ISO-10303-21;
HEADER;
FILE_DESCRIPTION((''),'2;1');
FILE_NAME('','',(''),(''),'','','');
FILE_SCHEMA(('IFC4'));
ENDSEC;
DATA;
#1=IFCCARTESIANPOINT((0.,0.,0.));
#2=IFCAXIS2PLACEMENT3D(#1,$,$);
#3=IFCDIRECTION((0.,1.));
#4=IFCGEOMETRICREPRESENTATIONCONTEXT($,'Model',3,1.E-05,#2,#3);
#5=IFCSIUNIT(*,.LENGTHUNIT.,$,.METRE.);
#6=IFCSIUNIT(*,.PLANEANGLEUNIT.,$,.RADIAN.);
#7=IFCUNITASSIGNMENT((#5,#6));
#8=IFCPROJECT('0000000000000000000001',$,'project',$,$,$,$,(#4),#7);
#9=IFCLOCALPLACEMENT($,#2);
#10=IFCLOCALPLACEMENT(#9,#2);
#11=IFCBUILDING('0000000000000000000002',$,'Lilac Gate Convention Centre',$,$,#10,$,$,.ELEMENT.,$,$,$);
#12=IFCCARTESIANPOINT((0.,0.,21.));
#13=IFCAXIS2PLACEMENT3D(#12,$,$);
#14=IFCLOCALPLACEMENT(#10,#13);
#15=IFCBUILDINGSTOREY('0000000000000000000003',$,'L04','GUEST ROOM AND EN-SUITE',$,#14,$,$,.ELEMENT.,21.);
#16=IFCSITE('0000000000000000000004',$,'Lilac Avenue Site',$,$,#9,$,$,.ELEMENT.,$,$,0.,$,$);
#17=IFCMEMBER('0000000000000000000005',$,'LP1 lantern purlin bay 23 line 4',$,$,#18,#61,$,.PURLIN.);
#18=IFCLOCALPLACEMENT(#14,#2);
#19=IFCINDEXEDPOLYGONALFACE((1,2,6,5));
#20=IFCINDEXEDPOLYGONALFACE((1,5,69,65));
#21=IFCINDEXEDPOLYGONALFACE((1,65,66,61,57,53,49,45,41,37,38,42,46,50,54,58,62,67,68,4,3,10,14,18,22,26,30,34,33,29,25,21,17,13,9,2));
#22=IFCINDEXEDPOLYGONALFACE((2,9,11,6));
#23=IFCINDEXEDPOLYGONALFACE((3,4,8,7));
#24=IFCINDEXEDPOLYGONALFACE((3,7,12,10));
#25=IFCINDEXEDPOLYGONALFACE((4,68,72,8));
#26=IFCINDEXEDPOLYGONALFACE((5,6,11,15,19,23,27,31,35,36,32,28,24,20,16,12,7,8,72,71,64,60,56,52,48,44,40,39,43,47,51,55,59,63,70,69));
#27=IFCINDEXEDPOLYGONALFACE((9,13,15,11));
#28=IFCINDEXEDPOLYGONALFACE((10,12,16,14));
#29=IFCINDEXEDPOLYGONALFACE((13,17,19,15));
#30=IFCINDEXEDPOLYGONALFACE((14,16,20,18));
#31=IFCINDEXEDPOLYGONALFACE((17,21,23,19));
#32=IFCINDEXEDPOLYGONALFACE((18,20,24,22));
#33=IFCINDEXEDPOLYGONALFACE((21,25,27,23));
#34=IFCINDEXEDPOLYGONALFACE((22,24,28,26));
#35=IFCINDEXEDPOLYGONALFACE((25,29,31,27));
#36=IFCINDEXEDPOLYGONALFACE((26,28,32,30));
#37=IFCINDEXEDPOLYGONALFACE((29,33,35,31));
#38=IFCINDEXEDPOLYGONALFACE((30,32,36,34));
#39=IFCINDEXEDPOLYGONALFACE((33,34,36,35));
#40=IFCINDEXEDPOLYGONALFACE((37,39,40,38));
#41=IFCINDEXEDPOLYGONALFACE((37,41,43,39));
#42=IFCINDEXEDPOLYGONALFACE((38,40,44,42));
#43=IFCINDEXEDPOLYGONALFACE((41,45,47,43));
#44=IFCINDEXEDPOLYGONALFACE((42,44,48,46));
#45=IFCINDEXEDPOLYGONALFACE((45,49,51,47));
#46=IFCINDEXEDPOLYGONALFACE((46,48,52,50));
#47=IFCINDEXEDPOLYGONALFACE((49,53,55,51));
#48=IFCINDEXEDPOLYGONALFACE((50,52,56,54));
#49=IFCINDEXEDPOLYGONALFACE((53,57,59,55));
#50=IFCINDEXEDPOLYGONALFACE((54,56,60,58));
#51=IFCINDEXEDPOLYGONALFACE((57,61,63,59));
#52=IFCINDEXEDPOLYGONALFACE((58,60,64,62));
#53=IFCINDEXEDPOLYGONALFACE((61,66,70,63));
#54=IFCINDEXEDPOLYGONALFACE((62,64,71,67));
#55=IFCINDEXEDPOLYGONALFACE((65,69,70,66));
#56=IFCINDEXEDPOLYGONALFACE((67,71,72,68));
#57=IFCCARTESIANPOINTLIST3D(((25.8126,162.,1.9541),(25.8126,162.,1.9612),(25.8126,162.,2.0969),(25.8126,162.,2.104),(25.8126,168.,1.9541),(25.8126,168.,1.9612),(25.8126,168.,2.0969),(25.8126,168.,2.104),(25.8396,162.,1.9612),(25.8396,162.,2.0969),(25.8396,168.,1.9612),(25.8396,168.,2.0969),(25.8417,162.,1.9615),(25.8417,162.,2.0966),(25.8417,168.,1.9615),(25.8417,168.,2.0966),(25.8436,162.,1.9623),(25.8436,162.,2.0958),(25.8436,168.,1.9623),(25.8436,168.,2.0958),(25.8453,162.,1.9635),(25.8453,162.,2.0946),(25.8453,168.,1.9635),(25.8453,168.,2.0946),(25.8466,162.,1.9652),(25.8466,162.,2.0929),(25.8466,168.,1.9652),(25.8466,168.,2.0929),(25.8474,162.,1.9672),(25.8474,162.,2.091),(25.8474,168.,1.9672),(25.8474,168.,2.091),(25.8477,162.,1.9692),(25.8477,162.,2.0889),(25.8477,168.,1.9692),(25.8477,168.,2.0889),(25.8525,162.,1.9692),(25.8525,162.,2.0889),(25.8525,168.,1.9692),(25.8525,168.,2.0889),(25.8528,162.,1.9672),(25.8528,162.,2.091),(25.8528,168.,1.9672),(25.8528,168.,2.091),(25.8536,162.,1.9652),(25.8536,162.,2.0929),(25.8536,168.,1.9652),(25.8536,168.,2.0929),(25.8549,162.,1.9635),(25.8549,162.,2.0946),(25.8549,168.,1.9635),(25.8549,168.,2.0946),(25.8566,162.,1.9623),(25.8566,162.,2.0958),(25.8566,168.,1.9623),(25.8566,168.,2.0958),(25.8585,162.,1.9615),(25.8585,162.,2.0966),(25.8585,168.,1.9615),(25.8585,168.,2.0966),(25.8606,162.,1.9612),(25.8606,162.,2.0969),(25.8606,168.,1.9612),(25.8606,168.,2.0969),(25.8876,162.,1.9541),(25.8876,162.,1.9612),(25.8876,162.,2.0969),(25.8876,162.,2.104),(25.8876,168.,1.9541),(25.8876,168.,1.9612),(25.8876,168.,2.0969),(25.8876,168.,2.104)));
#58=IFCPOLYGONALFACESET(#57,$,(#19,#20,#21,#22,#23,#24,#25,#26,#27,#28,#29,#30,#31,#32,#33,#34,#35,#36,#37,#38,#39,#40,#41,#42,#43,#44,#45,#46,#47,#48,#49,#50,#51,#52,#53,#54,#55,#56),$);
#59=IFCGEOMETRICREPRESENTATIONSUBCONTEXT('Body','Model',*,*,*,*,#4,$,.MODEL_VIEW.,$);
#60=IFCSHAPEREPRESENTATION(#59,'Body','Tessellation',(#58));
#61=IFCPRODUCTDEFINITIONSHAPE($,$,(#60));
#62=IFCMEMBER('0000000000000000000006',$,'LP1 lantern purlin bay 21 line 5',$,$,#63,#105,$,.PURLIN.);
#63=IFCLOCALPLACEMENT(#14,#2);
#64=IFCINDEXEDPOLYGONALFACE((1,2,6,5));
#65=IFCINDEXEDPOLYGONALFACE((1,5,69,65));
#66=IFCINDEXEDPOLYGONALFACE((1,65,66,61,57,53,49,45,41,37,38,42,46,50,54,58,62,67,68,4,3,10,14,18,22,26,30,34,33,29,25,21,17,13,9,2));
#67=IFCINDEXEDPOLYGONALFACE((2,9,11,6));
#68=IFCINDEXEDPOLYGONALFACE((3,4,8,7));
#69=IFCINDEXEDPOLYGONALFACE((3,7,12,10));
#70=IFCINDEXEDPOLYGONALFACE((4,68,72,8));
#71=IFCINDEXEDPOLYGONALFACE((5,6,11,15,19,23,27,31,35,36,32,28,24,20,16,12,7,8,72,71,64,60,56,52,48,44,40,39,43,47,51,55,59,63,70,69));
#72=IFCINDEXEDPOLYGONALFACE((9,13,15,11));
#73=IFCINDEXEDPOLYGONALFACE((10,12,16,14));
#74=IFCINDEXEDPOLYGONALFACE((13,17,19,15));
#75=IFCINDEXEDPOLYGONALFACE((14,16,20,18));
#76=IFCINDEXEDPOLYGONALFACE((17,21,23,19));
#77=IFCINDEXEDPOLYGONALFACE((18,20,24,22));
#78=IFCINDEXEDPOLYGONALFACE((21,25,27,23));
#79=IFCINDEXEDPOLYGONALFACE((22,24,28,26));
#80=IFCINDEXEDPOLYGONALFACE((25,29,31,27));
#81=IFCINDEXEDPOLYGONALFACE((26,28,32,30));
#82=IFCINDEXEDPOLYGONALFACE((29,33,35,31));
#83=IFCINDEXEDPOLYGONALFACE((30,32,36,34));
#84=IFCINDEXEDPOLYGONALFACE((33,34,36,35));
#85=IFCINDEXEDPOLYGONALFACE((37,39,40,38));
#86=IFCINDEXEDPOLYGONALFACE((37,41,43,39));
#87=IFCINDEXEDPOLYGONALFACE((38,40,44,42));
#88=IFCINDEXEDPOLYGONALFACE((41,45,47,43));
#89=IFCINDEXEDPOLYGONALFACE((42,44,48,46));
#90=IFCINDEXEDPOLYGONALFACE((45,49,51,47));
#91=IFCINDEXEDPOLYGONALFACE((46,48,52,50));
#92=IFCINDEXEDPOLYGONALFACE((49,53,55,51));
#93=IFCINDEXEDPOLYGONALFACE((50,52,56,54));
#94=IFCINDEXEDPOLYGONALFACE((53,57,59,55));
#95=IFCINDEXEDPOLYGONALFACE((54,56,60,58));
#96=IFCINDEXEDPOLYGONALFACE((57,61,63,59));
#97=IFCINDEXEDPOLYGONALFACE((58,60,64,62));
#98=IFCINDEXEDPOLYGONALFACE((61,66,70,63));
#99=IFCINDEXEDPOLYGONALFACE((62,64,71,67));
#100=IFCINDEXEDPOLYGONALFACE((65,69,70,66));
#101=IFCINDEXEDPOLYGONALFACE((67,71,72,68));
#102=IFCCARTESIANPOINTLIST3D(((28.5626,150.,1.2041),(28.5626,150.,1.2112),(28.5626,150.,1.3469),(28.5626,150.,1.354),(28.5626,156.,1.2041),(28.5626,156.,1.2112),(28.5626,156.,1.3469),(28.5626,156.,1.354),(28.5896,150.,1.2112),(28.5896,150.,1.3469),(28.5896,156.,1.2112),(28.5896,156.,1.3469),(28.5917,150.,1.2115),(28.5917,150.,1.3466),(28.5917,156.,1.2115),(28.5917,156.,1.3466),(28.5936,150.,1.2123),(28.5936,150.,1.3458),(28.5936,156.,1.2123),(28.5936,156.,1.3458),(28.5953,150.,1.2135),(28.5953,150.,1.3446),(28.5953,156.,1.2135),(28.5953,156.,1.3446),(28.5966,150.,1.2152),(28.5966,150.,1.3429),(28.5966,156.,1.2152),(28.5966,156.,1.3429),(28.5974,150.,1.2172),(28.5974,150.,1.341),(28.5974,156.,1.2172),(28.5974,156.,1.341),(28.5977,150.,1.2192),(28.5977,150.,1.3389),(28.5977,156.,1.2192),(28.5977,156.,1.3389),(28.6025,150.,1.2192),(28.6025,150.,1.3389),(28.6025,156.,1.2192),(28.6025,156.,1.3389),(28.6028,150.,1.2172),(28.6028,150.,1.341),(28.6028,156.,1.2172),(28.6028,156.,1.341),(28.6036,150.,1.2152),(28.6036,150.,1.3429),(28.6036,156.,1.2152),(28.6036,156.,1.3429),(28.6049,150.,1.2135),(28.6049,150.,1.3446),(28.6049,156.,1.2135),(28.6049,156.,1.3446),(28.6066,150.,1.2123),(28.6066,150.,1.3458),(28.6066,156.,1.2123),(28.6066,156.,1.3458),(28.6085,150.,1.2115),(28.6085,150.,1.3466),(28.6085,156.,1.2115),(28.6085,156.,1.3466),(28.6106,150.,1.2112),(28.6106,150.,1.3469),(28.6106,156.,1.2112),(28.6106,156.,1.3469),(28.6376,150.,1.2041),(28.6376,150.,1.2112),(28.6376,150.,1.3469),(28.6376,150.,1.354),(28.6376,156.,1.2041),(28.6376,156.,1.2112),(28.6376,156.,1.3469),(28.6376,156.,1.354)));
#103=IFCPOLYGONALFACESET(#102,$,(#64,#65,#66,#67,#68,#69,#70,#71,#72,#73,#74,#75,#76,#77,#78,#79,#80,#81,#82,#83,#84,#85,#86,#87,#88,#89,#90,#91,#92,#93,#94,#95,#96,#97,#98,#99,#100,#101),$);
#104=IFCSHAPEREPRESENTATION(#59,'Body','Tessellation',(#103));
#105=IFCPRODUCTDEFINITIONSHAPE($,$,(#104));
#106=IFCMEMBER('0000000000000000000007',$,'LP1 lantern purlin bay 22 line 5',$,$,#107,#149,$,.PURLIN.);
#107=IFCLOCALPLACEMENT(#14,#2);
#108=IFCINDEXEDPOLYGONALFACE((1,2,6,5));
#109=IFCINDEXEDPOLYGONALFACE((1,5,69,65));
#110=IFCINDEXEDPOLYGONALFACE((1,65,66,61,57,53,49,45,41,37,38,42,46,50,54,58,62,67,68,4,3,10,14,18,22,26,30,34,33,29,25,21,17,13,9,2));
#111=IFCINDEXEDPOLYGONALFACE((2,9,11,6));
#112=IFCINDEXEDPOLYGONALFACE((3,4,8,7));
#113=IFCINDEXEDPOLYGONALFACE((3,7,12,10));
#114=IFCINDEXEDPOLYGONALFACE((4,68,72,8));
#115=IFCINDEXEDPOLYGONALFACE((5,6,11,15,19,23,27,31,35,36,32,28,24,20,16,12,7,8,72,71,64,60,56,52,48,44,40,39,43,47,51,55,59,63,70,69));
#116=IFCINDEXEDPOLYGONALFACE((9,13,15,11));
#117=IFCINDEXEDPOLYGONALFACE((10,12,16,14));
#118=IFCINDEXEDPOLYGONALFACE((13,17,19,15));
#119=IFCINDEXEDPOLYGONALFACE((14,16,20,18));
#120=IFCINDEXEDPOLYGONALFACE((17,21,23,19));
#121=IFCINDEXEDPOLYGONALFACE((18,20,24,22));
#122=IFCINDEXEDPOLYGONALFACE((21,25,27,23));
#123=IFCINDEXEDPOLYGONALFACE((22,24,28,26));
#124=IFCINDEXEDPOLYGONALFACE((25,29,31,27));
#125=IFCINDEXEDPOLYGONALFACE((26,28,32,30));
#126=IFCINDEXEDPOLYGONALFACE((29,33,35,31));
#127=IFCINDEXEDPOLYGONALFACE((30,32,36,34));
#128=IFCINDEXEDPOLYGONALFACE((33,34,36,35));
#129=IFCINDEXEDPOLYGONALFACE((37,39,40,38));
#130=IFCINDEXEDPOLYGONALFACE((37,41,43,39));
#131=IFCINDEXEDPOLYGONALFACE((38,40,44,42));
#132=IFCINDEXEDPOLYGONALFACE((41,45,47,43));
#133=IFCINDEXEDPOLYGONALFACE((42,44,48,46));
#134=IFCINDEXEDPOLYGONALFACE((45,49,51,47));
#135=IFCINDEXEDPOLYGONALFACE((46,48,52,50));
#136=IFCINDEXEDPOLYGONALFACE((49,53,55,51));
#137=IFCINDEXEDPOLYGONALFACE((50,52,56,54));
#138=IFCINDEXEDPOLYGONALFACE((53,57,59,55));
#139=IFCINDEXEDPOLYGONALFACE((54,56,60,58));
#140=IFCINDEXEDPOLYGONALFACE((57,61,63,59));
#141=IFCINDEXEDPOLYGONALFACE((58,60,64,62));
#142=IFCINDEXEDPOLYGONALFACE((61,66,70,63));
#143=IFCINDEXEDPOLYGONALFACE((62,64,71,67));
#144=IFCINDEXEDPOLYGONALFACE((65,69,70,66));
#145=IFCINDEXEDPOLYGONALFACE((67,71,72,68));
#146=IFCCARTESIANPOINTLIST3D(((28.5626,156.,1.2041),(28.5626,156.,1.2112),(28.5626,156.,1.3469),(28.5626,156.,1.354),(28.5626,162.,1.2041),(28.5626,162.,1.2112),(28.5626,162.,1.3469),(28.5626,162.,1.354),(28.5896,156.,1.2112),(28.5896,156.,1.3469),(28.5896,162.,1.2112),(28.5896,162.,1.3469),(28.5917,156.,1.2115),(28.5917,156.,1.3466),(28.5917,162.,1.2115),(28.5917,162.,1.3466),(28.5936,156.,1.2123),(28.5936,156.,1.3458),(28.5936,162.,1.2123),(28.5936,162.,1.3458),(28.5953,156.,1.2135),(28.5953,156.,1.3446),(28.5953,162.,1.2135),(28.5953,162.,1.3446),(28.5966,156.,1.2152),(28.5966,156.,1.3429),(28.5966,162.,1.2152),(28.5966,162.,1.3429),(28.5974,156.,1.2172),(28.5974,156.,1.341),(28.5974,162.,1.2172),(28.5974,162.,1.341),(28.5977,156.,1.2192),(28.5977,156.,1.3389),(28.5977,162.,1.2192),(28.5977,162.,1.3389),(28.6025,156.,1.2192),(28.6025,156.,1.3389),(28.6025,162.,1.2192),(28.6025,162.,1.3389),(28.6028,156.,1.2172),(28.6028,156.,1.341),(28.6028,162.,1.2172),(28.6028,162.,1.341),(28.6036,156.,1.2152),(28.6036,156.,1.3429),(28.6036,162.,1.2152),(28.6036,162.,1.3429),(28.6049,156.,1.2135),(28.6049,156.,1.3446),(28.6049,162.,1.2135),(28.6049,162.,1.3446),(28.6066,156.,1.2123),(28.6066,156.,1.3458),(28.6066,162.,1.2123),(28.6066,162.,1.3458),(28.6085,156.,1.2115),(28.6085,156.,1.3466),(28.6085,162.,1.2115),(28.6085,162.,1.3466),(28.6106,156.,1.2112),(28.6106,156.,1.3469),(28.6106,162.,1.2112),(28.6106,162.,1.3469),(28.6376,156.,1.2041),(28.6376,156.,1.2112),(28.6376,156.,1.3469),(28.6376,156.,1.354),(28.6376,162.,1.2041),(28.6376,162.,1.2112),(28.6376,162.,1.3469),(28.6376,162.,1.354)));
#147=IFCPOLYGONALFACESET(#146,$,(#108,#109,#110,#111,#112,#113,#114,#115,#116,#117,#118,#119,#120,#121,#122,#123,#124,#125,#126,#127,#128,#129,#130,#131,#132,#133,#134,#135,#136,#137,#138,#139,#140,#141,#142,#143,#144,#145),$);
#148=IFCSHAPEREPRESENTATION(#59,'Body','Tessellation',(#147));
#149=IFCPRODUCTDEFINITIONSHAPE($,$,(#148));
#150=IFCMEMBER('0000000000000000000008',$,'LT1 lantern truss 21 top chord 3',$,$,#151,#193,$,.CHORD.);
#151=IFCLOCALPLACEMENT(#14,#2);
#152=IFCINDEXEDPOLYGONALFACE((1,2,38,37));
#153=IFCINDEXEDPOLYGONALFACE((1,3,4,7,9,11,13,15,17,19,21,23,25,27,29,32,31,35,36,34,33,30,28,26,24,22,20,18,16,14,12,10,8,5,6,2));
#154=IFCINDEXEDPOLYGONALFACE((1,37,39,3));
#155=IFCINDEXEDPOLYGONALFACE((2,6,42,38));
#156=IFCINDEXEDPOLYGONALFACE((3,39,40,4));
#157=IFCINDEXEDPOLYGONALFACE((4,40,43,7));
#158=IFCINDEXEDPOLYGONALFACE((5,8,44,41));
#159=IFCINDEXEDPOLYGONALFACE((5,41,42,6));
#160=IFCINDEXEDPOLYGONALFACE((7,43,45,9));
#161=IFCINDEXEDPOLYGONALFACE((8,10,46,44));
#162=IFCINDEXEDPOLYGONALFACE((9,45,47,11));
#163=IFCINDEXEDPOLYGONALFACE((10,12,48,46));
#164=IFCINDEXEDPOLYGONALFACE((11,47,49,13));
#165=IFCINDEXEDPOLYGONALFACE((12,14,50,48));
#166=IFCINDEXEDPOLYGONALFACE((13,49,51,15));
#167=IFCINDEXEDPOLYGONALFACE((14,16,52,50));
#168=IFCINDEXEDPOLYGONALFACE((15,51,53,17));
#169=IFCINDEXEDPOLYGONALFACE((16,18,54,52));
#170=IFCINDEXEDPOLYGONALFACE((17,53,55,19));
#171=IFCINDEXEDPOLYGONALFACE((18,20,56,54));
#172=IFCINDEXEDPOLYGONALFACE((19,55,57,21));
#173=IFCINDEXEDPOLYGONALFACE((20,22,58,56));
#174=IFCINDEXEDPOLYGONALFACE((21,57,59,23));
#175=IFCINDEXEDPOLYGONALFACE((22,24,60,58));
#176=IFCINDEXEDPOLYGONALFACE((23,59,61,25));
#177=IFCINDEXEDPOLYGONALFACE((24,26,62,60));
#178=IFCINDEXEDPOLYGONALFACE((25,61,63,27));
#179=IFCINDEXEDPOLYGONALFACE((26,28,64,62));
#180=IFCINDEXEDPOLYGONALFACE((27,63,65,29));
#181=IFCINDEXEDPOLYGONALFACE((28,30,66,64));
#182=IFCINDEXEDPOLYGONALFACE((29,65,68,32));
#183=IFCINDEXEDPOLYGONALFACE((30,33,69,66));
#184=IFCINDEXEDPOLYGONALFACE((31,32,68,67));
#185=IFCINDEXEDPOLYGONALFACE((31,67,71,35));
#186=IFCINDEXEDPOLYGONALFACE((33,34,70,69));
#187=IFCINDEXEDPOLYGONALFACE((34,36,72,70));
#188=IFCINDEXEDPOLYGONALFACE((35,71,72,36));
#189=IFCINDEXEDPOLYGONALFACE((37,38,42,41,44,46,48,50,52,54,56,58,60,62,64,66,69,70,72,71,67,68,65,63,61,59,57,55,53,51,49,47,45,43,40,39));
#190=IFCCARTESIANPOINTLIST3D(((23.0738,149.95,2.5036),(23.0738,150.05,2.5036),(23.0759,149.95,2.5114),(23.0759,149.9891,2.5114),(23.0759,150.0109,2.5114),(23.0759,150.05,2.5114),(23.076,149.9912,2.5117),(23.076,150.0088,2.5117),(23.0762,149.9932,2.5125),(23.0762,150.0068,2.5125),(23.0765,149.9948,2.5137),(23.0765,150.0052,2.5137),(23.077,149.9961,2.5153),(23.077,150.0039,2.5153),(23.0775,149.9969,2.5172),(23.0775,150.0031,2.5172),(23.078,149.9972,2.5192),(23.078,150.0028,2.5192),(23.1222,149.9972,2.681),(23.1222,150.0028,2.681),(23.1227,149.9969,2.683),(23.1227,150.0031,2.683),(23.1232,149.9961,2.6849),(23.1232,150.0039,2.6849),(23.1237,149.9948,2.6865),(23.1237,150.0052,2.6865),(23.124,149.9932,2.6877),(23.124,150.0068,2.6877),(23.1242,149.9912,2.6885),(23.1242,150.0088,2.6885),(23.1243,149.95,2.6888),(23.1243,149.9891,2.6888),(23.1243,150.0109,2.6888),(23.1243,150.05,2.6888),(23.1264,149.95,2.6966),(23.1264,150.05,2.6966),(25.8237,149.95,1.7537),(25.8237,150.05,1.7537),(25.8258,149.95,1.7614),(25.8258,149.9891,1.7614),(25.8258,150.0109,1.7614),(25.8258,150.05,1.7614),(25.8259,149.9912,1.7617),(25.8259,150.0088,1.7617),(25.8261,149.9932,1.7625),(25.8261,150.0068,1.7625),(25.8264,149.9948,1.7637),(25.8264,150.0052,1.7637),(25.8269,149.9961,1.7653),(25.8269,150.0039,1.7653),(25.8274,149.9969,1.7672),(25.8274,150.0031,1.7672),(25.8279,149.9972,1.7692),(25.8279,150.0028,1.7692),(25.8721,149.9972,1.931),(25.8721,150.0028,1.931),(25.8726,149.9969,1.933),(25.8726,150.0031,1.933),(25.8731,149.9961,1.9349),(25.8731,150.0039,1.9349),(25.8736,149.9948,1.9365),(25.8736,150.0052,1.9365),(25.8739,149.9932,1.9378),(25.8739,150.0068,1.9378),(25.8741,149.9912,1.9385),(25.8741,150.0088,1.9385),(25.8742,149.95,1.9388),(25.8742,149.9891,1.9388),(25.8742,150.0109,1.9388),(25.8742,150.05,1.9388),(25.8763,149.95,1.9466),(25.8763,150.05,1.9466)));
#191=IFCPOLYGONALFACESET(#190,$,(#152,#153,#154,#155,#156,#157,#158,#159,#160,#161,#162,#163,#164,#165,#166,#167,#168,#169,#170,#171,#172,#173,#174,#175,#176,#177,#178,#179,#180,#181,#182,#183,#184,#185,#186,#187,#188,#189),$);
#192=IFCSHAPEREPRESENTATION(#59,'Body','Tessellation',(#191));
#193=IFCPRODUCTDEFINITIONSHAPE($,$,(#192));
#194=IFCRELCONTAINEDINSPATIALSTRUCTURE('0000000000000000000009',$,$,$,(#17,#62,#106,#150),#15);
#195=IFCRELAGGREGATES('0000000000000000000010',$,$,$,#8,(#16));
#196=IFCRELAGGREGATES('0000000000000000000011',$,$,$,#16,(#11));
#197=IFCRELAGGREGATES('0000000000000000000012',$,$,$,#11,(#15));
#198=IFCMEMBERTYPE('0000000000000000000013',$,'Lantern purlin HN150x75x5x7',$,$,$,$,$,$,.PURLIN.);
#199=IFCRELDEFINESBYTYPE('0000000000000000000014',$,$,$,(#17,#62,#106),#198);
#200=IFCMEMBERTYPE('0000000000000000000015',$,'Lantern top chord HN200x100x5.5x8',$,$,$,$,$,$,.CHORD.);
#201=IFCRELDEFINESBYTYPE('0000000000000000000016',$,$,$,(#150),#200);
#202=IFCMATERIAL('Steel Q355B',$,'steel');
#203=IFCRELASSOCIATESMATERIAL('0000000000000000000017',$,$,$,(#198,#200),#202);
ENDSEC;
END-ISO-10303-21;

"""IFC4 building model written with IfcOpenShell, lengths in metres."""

from ifc_helpers import new_model, si_unit, direction, frame, origin, origin_2d, place, context, subcontext, project, spatial, i_section, extrude, material, material_profile, profile_set, type_object, element, save


model = new_model("IFC4")

# Units and contexts
model_context = context("Model", 3, precision=1e-05, world=origin(), true_north=direction((0.0, 1.0)))
body_context = subcontext(model_context, "Body", "Model", "MODEL_VIEW")
ifc_project = project(units=[si_unit("LENGTHUNIT", "METRE"), si_unit("PLANEANGLEUNIT", "RADIAN")], contexts=[model_context])

# Site, building, storey
site_placement = place(None, origin())
site = spatial("IfcSite", under=ifc_project, at=site_placement, Name="Lilac Avenue Site", CompositionType="ELEMENT", RefElevation=0.0)
building_placement = place(site_placement, origin())
building = spatial("IfcBuilding", under=site, at=building_placement, Name="Lilac Gate Convention Centre", CompositionType="ELEMENT")
storey_placement = place(building_placement, frame((0.0, 0.0, 21.0)))
storey = spatial("IfcBuildingStorey", under=building, at=storey_placement, Name="L04", Description="GUEST ROOM AND EN-SUITE", CompositionType="ELEMENT", Elevation=21.0)

# Members
ifc_material_1 = material(Name="Steel Q355B", Category="steel")
ifc_material_profile_1 = material_profile(ifc_material_1, i_section(OverallWidth=0.075, OverallDepth=0.1499, WebThickness=0.0049, FlangeThickness=0.0071, FilletRadius=0.0081, at=origin_2d()), Name="HN150x75x5x7")
ifc_profile_set_1 = profile_set([ifc_material_profile_1], Name="Steel Q355B")
member_type_1 = type_object("IfcMemberType", Name="Lantern purlin HN150x75x5x7", PredefinedType="PURLIN", material=ifc_profile_set_1)
for number, where, z_axis, x_axis, name in (
    (1, (25.8501, 162.0, 2.0291), (0.0, 1.0, 0.0), (-1.0, 0.0, 0.0), "LP1 lantern purlin bay 23 line 4"),
    (2, (28.6001, 150.0, 1.2791), (0.0, 1.0, 0.0), (-1.0, 0.0, 0.0), "LP1 lantern purlin bay 21 line 5"),
    (3, (28.6001, 156.0, 1.2791), (0.0, 1.0, 0.0), (-1.0, 0.0, 0.0), "LP1 lantern purlin bay 22 line 5"),
):
    element("IfcMember", number, at=place(storey_placement, frame(where, z_axis=z_axis, x_axis=x_axis)), inside=storey, type_object=member_type_1, Name=name, PredefinedType="PURLIN", context=body_context, shape_type="SweptSolid", body=[
        extrude(i_section(OverallWidth=0.075, OverallDepth=0.1499, WebThickness=0.0049, FlangeThickness=0.0071, FilletRadius=0.0081, at=origin_2d()), origin(), (0.0, 0.0, 1.0), 6.0),
    ])
ifc_material_profile_2 = material_profile(ifc_material_1, i_section(OverallWidth=0.1001, OverallDepth=0.2, WebThickness=0.0056, FlangeThickness=0.0081, FilletRadius=0.0081, at=origin_2d()), Name="HN200x100x5.5x8")
ifc_profile_set_2 = profile_set([ifc_material_profile_2], Name="Steel Q355B")
member_type_2 = type_object("IfcMemberType", Name="Lantern top chord HN200x100x5.5x8", PredefinedType="CHORD", material=ifc_profile_set_2)
for number, where, z_axis, x_axis, name in (
    (4, (23.1001, 150.0, 2.6001), (0.964764, 0.0, -0.263117), (0.0, 1.0, 0.0), "LT1 lantern truss 21 top chord 3"),
):
    element("IfcMember", number, at=place(storey_placement, frame(where, z_axis=z_axis, x_axis=x_axis)), inside=storey, type_object=member_type_2, Name=name, PredefinedType="CHORD", context=body_context, shape_type="SweptSolid", body=[
        extrude(i_section(OverallWidth=0.1001, OverallDepth=0.2, WebThickness=0.0056, FlangeThickness=0.0081, FilletRadius=0.0081, at=origin_2d()), origin(), (0.0, 0.0, 1.0), 2.8503),
    ])

save(model, "model.ifc")
